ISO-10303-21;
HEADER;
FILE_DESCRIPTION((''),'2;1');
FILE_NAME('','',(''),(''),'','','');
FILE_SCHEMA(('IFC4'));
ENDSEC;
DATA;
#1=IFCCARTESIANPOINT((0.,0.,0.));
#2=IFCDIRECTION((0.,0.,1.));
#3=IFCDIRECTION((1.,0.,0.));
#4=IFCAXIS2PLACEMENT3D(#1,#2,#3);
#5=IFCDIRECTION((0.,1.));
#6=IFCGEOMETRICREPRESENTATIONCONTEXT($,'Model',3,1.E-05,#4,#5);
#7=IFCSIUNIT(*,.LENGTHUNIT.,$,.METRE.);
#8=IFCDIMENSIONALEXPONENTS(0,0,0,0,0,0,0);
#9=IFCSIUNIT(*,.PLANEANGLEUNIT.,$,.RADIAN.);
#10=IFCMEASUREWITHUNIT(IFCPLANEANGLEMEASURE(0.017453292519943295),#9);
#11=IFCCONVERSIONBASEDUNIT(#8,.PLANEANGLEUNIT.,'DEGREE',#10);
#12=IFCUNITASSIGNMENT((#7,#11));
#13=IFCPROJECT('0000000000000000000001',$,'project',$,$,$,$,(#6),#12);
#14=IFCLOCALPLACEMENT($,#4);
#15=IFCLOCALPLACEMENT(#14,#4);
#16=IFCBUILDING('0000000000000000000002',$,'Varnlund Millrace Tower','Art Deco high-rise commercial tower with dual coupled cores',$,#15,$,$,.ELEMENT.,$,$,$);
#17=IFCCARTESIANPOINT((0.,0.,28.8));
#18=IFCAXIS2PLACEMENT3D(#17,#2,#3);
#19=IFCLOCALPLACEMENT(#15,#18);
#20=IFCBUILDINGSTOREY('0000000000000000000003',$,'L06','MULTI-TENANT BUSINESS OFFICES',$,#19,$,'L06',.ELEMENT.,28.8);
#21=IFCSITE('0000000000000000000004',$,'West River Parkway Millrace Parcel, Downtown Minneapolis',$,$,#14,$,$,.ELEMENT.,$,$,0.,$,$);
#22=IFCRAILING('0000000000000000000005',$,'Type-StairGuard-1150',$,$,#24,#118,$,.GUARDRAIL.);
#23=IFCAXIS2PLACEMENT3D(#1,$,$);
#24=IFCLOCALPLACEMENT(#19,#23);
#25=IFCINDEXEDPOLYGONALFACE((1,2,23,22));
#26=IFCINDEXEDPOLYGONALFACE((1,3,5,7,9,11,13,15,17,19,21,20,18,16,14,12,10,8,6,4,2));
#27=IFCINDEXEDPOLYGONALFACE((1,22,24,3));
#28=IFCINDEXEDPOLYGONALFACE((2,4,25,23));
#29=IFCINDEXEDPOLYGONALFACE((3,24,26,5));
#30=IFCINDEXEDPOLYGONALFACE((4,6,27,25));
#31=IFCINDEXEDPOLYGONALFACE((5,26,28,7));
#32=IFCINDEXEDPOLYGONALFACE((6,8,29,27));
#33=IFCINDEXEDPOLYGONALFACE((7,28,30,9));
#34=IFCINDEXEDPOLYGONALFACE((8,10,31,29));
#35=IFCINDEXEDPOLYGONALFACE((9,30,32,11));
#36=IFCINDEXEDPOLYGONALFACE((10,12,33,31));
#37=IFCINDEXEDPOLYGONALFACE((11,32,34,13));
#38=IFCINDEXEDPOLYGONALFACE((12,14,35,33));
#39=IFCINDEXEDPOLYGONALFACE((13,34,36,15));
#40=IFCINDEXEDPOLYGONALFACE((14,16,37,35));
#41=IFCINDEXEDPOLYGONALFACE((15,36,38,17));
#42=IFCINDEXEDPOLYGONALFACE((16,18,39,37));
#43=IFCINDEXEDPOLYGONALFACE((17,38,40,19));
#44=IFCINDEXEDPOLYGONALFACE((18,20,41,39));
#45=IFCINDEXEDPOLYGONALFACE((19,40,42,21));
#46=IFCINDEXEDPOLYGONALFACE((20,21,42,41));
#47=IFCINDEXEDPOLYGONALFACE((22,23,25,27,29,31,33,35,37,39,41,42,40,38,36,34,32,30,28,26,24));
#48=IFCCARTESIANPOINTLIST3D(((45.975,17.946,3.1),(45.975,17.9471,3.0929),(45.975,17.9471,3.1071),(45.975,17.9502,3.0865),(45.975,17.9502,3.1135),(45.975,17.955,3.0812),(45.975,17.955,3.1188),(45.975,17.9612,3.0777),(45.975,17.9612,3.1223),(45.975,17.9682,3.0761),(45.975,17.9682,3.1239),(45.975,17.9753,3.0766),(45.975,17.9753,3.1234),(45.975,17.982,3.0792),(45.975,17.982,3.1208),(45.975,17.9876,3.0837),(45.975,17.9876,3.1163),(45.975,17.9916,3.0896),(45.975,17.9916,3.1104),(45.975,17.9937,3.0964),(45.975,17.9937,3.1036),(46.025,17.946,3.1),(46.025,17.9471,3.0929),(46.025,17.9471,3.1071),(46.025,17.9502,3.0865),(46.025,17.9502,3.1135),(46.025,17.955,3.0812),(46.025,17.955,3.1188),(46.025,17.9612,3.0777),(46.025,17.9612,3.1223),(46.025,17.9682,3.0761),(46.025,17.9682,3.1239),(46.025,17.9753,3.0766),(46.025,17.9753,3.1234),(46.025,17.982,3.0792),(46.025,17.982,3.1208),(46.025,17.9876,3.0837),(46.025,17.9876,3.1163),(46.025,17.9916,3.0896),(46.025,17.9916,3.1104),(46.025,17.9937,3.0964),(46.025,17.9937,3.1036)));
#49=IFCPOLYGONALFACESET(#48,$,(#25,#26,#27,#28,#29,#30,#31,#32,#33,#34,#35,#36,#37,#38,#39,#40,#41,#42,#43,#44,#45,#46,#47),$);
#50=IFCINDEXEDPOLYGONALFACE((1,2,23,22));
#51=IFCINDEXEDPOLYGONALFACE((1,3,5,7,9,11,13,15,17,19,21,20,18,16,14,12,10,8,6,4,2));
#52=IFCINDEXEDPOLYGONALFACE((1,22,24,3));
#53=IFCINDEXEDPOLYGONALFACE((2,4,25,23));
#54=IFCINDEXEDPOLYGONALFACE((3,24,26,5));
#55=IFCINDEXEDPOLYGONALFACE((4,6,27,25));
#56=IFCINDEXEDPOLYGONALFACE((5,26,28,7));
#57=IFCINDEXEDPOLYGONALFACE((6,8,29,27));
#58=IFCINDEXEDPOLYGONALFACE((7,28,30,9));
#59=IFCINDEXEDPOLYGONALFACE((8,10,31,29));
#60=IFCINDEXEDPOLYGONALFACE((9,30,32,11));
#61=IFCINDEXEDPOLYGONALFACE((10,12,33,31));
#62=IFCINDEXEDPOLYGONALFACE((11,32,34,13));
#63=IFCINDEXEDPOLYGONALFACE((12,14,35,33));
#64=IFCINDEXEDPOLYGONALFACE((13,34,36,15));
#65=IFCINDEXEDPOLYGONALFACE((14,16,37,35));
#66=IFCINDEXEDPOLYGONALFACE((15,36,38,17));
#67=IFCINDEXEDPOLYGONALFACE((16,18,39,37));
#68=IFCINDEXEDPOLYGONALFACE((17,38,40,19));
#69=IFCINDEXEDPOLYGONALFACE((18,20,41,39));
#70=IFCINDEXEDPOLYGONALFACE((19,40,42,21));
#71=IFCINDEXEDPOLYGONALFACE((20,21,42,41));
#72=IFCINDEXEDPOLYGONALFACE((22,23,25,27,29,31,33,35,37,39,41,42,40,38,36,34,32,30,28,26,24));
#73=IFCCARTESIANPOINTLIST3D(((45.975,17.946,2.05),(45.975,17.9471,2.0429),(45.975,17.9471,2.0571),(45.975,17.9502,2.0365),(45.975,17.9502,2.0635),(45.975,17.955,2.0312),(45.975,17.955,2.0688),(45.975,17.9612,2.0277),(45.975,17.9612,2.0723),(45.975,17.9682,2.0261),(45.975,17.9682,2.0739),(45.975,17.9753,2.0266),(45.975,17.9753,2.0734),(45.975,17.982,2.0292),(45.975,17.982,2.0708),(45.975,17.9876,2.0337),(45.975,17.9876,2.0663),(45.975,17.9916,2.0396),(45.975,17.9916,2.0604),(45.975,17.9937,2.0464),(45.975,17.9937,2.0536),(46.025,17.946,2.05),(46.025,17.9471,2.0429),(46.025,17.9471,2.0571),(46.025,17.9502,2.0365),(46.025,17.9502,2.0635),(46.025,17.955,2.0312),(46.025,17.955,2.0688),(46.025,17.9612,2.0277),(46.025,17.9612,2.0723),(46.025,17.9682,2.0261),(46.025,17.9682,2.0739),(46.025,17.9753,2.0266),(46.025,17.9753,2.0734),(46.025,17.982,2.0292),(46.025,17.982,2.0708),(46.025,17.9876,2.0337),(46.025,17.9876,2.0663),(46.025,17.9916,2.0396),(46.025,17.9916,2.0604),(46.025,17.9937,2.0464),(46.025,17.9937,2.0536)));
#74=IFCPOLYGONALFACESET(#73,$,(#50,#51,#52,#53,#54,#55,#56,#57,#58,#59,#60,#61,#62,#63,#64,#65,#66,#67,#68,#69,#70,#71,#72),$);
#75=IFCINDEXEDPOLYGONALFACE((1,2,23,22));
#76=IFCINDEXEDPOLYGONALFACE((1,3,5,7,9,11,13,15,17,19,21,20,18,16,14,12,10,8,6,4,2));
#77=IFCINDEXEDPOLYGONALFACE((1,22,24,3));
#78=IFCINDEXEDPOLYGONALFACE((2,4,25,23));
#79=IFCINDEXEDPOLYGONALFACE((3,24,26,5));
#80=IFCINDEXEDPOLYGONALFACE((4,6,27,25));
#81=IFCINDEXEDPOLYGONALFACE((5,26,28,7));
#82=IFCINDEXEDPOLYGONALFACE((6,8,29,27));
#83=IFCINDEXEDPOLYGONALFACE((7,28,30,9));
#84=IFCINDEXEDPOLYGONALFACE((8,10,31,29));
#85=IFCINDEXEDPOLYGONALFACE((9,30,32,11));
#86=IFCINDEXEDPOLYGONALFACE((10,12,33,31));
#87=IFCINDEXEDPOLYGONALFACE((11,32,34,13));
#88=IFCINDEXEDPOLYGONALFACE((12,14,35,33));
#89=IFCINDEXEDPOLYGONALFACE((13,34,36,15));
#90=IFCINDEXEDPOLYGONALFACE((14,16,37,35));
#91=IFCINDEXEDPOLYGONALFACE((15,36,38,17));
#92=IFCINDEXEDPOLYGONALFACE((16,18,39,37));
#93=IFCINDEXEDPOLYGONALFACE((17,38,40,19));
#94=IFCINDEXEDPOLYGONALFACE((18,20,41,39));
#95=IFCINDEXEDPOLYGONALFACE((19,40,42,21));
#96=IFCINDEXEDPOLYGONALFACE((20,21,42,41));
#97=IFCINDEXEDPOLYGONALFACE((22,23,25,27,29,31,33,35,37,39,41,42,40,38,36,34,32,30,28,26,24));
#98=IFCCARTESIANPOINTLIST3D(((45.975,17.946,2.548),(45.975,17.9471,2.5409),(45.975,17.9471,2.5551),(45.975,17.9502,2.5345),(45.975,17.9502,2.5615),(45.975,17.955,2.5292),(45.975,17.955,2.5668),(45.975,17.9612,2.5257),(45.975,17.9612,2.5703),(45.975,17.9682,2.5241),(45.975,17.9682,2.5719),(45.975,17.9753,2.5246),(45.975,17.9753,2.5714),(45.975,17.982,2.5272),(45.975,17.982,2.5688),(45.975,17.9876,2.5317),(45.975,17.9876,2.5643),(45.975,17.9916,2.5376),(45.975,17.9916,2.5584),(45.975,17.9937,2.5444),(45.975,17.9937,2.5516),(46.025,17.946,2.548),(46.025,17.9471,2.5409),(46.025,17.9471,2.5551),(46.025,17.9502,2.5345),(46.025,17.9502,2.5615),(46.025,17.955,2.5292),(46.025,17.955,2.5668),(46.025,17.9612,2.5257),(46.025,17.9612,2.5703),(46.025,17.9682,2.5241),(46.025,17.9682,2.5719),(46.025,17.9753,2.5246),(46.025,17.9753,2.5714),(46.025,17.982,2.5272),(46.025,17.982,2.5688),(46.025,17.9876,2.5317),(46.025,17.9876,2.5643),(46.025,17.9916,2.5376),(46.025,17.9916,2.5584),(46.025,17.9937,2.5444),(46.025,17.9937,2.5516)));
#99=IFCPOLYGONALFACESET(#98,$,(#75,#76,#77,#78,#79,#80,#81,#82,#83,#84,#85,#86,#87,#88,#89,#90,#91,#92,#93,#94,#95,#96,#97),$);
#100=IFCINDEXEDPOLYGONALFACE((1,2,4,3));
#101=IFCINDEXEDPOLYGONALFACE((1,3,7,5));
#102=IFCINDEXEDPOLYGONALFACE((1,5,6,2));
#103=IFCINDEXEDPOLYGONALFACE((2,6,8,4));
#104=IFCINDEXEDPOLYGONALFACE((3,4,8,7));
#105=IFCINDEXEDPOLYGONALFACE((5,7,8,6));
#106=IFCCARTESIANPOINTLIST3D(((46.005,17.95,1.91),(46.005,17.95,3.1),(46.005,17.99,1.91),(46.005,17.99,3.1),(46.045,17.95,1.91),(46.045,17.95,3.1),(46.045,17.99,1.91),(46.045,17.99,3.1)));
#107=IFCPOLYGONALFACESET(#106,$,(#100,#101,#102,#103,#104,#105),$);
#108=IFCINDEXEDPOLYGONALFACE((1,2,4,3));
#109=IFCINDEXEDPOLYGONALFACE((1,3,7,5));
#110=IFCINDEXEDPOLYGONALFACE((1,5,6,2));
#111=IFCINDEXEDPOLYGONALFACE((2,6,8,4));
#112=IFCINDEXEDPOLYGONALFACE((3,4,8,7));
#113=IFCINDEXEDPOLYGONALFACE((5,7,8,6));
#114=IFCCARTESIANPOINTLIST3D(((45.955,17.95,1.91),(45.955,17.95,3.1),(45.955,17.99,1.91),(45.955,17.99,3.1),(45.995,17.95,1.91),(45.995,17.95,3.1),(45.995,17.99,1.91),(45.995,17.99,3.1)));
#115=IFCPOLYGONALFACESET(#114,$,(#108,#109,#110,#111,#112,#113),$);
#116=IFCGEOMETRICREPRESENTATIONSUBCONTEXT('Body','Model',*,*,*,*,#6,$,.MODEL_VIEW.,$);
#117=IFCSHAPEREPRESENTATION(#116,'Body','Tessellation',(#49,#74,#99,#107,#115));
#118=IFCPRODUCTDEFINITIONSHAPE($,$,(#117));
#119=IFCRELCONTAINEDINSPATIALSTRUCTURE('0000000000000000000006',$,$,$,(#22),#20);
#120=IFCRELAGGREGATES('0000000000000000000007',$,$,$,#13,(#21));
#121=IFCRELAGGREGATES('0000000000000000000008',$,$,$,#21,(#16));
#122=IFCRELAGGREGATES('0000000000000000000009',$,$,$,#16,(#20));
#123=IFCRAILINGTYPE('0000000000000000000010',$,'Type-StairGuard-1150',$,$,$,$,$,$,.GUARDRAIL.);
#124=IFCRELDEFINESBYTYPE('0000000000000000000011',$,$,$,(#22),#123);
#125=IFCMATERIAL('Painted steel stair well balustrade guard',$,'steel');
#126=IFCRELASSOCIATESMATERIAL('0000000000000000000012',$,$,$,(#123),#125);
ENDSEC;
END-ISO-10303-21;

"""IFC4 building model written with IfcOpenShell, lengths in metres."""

from ifc_helpers import new_model, entity, si_unit, converted_unit, direction, frame, origin_with_axes, origin_2d_with_axis, place, context, subcontext, project, spatial, rectangle, circle, extrude, material, type_object, element, save


model = new_model("IFC4")

# Units and contexts
model_context = context("Model", 3, precision=1e-05, world=origin_with_axes(), true_north=direction((0.0, 1.0)))
body_context = subcontext(model_context, "Body", "Model", "MODEL_VIEW")
ifc_project = project(units=[si_unit("LENGTHUNIT", "METRE"), converted_unit("PLANEANGLEUNIT", "DEGREE", entity("IfcPlaneAngleMeasure", 0.017453292519943295), si_unit("PLANEANGLEUNIT", "RADIAN"), dimensions=[0, 0, 0, 0, 0, 0, 0])], contexts=[model_context])

# Site, building, storey
site_placement = place(None, origin_with_axes())
site = spatial("IfcSite", under=ifc_project, at=site_placement, Name="West River Parkway Millrace Parcel, Downtown Minneapolis", CompositionType="ELEMENT", RefElevation=0.0)
building_placement = place(site_placement, origin_with_axes())
building = spatial("IfcBuilding", under=site, at=building_placement, Name="Varnlund Millrace Tower", Description="Art Deco high-rise commercial tower with dual coupled cores", CompositionType="ELEMENT")
storey_placement = place(building_placement, frame((0.0, 0.0, 28.8), z_axis=(0.0, 0.0, 1.0), x_axis=(1.0, 0.0, 0.0)))
storey = spatial("IfcBuildingStorey", under=building, at=storey_placement, Name="L06", Description="MULTI-TENANT BUSINESS OFFICES", LongName="L06", CompositionType="ELEMENT", Elevation=28.8)

# Railing
ifc_material_1 = material(Name="Painted steel stair well balustrade guard", Category="steel")
railing_type_1 = type_object("IfcRailingType", Name="Type-StairGuard-1150", PredefinedType="GUARDRAIL", material=ifc_material_1)
railing_1_placement = place(storey_placement, frame((0.0, 0.0, -28.8), z_axis=(0.0, 0.0, 1.0), x_axis=(1.0, 0.0, 0.0)))
element("IfcRailing", 1, at=railing_1_placement, inside=storey, type_object=railing_type_1, Name="Type-StairGuard-1150", PredefinedType="GUARDRAIL", context=body_context, shape_type="SweptSolid", body=[
    extrude(circle(Radius=0.024, at=origin_2d_with_axis()), frame((46.025, 17.97, 31.9), z_axis=(-1.0, 0.0, 0.0), x_axis=(0.0, -1.0, 0.0)), (0.0, 0.0, 1.0), 0.05),
    extrude(circle(Radius=0.024, at=origin_2d_with_axis()), frame((46.025, 17.97, 30.85), z_axis=(-1.0, 0.0, 0.0), x_axis=(0.0, -1.0, 0.0)), (0.0, 0.0, 1.0), 0.05),
    extrude(circle(Radius=0.024, at=origin_2d_with_axis()), frame((46.025, 17.97, 31.348), z_axis=(-1.0, 0.0, 0.0), x_axis=(0.0, -1.0, 0.0)), (0.0, 0.0, 1.0), 0.05),
    extrude(rectangle(XDim=0.04, YDim=0.04, at=origin_2d_with_axis()), frame((46.025, 17.97, 30.71), z_axis=(0.0, 0.0, 1.0), x_axis=(1.0, 0.0, 0.0)), (0.0, 0.0, 1.0), 1.19),
    extrude(rectangle(XDim=0.04, YDim=0.04, at=origin_2d_with_axis()), frame((45.975, 17.97, 30.71), z_axis=(0.0, 0.0, 1.0), x_axis=(1.0, 0.0, 0.0)), (0.0, 0.0, 1.0), 1.19),
])

save(model, "model.ifc")
